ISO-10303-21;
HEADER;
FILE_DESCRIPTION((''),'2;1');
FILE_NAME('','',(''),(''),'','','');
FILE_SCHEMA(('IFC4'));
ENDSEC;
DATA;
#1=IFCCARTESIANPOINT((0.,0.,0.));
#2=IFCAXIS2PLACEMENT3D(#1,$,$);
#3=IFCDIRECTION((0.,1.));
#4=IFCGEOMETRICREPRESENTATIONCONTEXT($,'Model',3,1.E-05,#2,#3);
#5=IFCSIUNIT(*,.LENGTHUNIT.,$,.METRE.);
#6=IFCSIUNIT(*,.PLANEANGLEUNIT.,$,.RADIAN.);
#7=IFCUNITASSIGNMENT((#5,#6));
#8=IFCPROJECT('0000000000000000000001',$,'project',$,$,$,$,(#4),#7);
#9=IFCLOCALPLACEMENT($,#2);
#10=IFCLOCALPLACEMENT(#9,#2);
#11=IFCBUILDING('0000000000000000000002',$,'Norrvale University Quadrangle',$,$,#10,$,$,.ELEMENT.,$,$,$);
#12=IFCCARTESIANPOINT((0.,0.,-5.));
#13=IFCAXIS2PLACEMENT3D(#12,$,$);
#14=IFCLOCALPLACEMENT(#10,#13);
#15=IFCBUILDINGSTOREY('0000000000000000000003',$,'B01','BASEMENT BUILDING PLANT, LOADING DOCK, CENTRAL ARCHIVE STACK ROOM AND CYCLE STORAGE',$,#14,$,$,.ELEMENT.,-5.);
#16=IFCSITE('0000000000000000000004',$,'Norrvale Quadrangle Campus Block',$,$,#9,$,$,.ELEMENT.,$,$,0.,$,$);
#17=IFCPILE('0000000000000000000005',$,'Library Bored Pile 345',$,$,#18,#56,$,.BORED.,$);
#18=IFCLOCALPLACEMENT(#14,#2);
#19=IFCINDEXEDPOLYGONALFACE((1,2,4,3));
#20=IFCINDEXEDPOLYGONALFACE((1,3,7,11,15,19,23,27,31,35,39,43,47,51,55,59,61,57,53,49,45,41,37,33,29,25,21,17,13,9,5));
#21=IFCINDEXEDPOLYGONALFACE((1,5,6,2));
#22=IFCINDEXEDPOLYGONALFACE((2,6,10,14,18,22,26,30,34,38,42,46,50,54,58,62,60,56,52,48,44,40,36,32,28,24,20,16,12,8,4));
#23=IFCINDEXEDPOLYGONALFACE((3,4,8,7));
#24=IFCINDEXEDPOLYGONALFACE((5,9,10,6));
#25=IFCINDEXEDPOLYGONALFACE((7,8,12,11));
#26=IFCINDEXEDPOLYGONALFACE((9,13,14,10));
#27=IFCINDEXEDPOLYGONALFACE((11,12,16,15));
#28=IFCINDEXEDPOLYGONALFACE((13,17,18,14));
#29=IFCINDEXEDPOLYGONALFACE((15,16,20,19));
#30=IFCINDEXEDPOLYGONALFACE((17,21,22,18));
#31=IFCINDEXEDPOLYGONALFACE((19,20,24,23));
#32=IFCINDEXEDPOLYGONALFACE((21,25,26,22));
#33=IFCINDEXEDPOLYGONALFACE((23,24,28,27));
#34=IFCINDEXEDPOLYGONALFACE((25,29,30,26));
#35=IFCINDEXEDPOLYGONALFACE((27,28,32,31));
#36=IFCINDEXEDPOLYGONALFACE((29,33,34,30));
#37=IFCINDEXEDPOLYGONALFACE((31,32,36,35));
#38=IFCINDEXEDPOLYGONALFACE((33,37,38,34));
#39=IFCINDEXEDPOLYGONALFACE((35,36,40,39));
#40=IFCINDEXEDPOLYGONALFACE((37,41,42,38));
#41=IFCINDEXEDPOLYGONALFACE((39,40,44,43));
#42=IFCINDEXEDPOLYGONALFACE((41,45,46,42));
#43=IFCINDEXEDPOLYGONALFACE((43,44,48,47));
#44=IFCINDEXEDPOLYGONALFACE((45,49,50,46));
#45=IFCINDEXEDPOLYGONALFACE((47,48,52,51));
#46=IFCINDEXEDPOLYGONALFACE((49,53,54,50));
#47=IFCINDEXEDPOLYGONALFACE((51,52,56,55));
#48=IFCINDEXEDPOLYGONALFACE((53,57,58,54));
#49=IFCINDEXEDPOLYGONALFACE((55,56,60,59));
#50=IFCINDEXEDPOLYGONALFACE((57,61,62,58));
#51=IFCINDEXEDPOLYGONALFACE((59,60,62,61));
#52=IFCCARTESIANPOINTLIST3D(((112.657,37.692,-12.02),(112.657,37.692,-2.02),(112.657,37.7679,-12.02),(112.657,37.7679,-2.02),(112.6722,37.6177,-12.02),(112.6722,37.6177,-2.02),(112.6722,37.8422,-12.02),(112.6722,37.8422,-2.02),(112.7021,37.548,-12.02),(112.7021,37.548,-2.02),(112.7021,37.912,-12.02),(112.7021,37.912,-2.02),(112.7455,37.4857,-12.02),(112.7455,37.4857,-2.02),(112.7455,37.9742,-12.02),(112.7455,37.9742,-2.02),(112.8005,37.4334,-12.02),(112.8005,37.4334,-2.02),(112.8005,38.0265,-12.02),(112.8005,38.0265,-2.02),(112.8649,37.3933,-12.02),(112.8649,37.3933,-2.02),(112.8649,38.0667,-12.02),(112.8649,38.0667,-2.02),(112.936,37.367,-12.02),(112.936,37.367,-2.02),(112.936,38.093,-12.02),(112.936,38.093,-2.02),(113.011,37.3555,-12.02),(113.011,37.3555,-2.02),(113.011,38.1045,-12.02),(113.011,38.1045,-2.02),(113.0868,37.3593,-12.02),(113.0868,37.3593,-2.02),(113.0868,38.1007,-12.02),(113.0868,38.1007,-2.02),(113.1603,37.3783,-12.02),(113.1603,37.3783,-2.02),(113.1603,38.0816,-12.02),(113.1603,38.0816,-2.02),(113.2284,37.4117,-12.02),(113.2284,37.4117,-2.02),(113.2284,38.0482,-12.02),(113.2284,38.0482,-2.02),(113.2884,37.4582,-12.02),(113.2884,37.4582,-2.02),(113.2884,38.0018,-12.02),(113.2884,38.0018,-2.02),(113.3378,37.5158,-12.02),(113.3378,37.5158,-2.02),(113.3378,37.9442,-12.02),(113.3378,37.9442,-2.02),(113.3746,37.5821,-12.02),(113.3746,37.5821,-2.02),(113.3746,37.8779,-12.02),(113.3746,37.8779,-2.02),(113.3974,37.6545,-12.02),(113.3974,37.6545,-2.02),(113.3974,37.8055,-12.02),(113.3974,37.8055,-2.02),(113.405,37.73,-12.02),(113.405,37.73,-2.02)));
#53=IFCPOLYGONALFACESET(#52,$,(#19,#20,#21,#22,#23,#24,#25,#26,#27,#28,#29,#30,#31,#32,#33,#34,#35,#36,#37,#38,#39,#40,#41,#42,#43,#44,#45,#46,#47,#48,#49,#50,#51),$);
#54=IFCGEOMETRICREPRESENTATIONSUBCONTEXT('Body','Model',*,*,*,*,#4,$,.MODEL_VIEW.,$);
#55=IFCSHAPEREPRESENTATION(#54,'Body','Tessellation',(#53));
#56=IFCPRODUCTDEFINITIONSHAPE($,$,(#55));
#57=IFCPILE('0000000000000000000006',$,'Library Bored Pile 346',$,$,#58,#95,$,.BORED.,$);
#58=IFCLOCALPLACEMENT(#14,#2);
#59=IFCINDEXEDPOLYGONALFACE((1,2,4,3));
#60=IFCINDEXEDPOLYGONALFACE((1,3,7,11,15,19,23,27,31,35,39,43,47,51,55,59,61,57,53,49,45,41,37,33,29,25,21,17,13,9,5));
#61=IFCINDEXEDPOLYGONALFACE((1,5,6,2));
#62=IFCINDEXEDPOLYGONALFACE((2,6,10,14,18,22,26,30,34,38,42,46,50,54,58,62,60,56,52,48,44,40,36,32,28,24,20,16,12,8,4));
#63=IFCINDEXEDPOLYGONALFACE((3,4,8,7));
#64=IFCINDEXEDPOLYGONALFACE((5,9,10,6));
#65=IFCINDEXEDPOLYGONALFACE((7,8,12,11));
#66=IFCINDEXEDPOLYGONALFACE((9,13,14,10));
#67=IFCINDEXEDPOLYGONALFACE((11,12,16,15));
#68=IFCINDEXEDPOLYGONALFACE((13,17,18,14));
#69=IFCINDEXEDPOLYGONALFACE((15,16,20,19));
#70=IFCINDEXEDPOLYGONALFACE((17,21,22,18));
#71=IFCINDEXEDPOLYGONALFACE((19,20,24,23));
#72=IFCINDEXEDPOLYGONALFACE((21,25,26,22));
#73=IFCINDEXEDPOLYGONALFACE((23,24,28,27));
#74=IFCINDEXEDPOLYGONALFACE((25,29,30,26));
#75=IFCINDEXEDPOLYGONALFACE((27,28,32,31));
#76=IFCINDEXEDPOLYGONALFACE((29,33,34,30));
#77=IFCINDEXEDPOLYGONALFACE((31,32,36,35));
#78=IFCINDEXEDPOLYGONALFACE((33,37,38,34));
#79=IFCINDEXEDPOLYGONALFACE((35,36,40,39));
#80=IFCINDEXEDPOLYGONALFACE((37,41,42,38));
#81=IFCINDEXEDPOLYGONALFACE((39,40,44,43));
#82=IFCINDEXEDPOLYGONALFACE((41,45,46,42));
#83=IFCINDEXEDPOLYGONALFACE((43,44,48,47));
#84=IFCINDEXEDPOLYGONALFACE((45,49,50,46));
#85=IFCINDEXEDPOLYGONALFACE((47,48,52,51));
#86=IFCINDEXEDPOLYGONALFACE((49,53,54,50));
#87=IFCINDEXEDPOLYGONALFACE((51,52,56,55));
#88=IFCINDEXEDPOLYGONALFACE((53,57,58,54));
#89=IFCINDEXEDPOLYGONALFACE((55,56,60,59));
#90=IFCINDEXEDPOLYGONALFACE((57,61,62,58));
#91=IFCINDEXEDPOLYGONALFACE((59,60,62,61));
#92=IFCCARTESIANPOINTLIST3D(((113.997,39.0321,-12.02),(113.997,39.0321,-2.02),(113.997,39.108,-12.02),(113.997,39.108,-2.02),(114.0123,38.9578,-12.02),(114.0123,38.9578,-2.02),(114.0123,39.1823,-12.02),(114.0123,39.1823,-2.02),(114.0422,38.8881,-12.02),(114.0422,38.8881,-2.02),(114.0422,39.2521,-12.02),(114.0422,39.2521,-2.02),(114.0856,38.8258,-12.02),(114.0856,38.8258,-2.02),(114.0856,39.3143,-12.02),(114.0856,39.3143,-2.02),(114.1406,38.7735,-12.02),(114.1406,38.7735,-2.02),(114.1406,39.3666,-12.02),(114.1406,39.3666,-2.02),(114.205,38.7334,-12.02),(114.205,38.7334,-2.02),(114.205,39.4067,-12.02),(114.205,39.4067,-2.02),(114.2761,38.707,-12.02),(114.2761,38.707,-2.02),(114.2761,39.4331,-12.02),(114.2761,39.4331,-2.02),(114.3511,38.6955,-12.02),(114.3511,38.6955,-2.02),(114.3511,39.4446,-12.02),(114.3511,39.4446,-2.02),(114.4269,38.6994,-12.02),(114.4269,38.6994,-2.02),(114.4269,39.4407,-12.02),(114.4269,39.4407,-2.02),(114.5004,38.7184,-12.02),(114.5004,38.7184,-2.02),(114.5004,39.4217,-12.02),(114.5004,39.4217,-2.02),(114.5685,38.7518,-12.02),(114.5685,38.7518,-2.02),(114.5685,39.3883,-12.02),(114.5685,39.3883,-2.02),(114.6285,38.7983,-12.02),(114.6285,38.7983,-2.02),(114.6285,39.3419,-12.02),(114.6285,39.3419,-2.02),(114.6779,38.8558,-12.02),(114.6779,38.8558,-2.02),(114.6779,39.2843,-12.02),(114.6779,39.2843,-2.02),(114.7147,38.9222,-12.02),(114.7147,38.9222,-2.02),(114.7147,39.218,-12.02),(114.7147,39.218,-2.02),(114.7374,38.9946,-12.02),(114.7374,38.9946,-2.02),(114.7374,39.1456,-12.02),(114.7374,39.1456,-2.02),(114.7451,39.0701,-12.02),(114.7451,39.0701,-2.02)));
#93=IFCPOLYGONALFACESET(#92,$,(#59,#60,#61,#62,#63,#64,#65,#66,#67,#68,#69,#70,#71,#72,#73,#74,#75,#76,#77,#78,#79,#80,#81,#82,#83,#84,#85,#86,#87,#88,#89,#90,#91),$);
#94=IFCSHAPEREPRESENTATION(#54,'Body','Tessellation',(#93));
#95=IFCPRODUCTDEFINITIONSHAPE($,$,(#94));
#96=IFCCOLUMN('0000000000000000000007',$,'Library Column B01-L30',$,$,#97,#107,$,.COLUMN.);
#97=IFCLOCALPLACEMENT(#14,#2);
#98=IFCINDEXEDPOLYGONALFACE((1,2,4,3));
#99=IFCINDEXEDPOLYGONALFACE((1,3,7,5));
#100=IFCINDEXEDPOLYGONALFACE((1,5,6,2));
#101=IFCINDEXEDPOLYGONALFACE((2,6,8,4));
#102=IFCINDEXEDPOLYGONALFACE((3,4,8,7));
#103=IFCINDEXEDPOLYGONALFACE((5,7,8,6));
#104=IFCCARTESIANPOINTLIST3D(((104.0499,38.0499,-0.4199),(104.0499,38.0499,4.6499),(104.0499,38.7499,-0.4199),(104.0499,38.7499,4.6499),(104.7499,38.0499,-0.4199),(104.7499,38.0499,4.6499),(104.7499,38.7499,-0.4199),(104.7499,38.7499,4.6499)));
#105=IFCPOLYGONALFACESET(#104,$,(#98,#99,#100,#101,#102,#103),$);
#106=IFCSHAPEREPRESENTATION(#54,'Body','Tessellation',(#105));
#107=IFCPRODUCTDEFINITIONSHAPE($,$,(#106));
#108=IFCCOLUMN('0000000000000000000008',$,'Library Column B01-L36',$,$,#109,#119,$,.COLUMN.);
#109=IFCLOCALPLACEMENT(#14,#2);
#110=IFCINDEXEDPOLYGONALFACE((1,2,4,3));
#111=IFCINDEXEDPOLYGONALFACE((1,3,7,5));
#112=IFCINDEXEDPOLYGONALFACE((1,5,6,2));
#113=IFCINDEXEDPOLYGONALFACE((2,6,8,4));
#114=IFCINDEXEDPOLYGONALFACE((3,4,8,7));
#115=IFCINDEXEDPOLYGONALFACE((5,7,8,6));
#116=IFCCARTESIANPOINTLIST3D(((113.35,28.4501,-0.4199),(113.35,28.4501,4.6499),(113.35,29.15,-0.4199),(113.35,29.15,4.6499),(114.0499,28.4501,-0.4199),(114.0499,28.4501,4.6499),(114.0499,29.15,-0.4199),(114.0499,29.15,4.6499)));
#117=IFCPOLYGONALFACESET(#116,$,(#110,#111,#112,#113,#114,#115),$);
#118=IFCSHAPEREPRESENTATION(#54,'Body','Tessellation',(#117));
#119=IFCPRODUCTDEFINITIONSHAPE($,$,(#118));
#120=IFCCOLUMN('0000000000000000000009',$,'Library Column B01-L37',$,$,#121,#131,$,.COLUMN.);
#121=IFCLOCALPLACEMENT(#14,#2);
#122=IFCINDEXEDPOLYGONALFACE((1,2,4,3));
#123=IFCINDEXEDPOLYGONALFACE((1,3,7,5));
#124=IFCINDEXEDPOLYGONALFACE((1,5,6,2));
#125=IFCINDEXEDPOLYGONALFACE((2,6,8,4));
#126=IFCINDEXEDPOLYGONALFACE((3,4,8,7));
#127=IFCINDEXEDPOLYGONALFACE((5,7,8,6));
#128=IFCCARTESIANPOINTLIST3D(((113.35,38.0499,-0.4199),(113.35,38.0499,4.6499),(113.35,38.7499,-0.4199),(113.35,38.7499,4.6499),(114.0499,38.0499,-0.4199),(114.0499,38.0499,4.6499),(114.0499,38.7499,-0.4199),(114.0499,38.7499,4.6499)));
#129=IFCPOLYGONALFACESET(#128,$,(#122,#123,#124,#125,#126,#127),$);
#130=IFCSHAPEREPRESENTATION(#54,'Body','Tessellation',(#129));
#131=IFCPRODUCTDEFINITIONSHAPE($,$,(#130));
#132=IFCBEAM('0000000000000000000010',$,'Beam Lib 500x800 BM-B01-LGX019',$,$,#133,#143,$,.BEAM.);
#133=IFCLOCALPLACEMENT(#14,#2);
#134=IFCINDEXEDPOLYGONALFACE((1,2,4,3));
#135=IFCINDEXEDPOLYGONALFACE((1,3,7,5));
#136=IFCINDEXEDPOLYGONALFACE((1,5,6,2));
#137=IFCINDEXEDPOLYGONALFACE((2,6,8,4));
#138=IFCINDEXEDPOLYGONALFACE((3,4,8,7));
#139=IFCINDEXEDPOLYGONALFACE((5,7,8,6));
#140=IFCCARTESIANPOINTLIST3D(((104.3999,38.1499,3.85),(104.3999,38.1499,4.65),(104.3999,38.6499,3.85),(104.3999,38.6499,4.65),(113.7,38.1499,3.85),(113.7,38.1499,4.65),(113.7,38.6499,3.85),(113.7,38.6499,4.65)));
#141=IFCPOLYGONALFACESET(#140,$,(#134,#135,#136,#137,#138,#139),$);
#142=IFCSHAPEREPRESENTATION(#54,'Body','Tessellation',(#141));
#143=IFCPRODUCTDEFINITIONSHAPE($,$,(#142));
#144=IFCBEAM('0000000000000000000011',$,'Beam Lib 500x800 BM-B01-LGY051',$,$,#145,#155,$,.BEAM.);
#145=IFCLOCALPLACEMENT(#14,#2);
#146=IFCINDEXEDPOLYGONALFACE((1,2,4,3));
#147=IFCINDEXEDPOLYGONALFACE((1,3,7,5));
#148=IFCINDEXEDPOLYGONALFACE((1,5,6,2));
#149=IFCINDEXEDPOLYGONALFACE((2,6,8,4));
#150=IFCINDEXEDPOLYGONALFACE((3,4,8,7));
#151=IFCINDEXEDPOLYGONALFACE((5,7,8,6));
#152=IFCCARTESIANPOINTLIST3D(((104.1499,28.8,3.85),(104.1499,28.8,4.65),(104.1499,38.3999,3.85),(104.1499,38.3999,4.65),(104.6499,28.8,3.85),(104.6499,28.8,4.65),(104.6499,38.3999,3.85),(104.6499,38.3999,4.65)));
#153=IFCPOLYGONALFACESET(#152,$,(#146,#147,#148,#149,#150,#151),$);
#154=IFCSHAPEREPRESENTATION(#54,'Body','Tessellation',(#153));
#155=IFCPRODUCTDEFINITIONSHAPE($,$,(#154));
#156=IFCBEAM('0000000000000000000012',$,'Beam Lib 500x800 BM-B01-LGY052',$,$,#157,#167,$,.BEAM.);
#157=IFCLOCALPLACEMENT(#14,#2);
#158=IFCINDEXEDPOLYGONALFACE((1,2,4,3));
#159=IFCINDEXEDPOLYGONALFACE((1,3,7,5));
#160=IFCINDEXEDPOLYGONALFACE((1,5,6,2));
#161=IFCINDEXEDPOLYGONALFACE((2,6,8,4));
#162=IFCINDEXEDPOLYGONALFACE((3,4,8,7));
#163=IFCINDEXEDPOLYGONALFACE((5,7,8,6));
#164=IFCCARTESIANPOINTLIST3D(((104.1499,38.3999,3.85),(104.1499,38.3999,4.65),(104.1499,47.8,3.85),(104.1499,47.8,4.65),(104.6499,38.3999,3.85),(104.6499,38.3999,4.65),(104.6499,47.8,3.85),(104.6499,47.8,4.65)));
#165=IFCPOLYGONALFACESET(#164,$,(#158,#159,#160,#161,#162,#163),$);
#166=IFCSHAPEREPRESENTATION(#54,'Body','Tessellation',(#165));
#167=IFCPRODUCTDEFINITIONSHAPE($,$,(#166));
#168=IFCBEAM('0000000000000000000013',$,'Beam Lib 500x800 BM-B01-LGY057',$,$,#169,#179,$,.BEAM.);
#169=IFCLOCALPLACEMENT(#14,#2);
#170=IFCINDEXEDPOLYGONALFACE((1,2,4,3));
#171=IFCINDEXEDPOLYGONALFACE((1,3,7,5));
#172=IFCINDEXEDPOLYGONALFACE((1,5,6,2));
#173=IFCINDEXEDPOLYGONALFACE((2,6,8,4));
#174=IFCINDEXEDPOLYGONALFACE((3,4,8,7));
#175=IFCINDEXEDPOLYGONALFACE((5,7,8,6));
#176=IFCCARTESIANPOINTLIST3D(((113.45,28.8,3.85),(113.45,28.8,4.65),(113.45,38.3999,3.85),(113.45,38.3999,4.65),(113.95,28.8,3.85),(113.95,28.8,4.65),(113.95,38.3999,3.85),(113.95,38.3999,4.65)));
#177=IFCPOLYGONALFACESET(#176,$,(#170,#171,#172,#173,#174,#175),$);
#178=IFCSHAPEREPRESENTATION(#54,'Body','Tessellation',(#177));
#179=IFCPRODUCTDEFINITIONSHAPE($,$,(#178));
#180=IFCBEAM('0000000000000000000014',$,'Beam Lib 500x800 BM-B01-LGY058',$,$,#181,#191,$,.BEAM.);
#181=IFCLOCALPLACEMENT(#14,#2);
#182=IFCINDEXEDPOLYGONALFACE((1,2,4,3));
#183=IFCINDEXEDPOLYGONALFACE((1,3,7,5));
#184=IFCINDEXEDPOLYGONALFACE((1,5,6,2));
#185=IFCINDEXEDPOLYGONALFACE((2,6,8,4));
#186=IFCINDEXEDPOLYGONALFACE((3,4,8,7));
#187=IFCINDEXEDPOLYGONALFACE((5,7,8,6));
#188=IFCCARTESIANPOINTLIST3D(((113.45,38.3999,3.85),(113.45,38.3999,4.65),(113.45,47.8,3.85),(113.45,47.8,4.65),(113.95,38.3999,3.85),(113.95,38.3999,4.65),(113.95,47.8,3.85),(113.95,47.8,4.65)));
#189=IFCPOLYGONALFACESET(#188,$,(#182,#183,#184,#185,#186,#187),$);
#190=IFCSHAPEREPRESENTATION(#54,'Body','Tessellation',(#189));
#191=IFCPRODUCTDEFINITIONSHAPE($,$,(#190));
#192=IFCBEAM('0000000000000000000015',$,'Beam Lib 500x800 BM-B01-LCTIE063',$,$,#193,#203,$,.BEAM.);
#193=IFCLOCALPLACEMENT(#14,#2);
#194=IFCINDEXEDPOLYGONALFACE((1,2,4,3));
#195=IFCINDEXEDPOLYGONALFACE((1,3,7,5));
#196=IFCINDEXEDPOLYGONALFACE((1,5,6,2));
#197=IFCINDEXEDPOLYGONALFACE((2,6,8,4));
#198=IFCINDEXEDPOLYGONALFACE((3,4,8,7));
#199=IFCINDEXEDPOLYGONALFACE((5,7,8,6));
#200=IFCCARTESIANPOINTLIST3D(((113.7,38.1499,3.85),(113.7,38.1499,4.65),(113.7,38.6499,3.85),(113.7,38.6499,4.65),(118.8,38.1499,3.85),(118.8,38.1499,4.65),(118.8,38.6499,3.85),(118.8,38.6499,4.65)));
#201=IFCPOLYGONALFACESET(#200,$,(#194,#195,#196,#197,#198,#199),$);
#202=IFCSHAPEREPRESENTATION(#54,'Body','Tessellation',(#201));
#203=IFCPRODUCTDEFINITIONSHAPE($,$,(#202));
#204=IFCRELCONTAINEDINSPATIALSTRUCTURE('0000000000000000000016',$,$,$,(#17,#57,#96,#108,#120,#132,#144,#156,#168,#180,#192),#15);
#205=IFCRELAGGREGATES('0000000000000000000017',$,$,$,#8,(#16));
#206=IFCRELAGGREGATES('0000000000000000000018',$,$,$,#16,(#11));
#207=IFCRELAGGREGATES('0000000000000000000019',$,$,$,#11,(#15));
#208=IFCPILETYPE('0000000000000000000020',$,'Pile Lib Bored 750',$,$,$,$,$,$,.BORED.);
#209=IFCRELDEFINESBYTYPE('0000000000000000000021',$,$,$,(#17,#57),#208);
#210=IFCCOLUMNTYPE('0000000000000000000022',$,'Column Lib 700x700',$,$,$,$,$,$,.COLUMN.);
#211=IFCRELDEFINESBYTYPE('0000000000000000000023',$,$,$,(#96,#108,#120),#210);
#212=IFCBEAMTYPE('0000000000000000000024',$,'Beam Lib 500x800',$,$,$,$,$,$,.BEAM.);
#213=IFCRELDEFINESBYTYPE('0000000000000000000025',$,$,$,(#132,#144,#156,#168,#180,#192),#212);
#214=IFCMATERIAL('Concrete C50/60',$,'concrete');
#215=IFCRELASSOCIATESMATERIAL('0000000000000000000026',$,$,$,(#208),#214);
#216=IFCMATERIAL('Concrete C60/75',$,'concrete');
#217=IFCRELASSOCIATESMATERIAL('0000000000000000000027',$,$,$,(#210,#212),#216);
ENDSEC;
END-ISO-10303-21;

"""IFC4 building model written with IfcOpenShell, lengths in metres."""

from ifc_helpers import new_model, si_unit, direction, frame, origin, origin_2d, place, context, subcontext, project, spatial, rectangle, circle, extrude, material, material_profile, profile_set, type_object, element, save


model = new_model("IFC4")

# Units and contexts
model_context = context("Model", 3, precision=1e-05, world=origin(), true_north=direction((0.0, 1.0)))
body_context = subcontext(model_context, "Body", "Model", "MODEL_VIEW")
ifc_project = project(units=[si_unit("LENGTHUNIT", "METRE"), si_unit("PLANEANGLEUNIT", "RADIAN")], contexts=[model_context])

# Site, building, storey
site_placement = place(None, origin())
site = spatial("IfcSite", under=ifc_project, at=site_placement, Name="Norrvale Quadrangle Campus Block", CompositionType="ELEMENT", RefElevation=0.0)
building_placement = place(site_placement, origin())
building = spatial("IfcBuilding", under=site, at=building_placement, Name="Norrvale University Quadrangle", CompositionType="ELEMENT")
storey_placement = place(building_placement, frame((0.0, 0.0, -5.0)))
storey = spatial("IfcBuildingStorey", under=building, at=storey_placement, Name="B01", Description="BASEMENT BUILDING PLANT, LOADING DOCK, CENTRAL ARCHIVE STACK ROOM AND CYCLE STORAGE", CompositionType="ELEMENT", Elevation=-5.0)

# Shared definitions
ifc_material_1 = material(Name="Concrete C50/60", Category="concrete")

# Piles
ifc_material_profile_1 = material_profile(ifc_material_1, circle(Radius=0.375, at=origin_2d()), Name="Concrete C50/60")
ifc_profile_set_1 = profile_set([ifc_material_profile_1], Name="Concrete C50/60")
pile_type_1 = type_object("IfcPileType", Name="Pile Lib Bored 750", PredefinedType="BORED", material=ifc_profile_set_1)
for number, where, z_axis, x_axis, name in (
    (1, (113.03, 37.73, -2.02), (0.0, 0.0, -1.0), (1.0, 0.0, 0.0), "Library Bored Pile 345"),
    (2, (114.3701, 39.0701, -2.02), (0.0, 0.0, -1.0), (1.0, 0.0, 0.0), "Library Bored Pile 346"),
):
    element("IfcPile", number, at=place(storey_placement, frame(where, z_axis=z_axis, x_axis=x_axis)), inside=storey, type_object=pile_type_1, Name=name, PredefinedType="BORED", context=body_context, shape_type="SweptSolid", body=[
        extrude(circle(Radius=0.375, at=origin_2d()), origin(), (0.0, 0.0, 1.0), 10.0),
    ])

# Columns
ifc_material_2 = material(Name="Concrete C60/75", Category="concrete")
ifc_material_profile_2 = material_profile(ifc_material_2, rectangle(XDim=0.7, YDim=0.7, at=origin_2d()), Name="Concrete C60/75")
ifc_profile_set_2 = profile_set([ifc_material_profile_2], Name="Concrete C60/75")
column_type = type_object("IfcColumnType", Name="Column Lib 700x700", PredefinedType="COLUMN", material=ifc_profile_set_2)
for number, where, z_axis, x_axis, name in (
    (3, (104.3999, 38.3999, -0.4199), (0.0, 0.0, 1.0), (1.0, 0.0, 0.0), "Library Column B01-L30"),
    (4, (113.7, 28.8, -0.4199), (0.0, 0.0, 1.0), (1.0, 0.0, 0.0), "Library Column B01-L36"),
    (5, (113.7, 38.3999, -0.4199), (0.0, 0.0, 1.0), (1.0, 0.0, 0.0), "Library Column B01-L37"),
):
    element("IfcColumn", number, at=place(storey_placement, frame(where, z_axis=z_axis, x_axis=x_axis)), inside=storey, type_object=column_type, Name=name, PredefinedType="COLUMN", context=body_context, shape_type="SweptSolid", body=[
        extrude(rectangle(XDim=0.7, YDim=0.7, at=origin_2d()), origin(), (0.0, 0.0, 1.0), 5.0698),
    ])

# Beams
ifc_material_profile_3 = material_profile(ifc_material_2, rectangle(XDim=0.5, YDim=0.8, at=origin_2d()), Name="Concrete C60/75")
ifc_profile_set_3 = profile_set([ifc_material_profile_3], Name="Concrete C60/75")
beam_type = type_object("IfcBeamType", Name="Beam Lib 500x800", PredefinedType="BEAM", material=ifc_profile_set_3)
beam_1_placement = place(storey_placement, frame((104.3999, 38.3999, 4.25), z_axis=(1.0, 0.0, 0.0), x_axis=(0.0, 1.0, 0.0)))
element("IfcBeam", 6, at=beam_1_placement, inside=storey, type_object=beam_type, Name="Beam Lib 500x800 BM-B01-LGX019", PredefinedType="BEAM", context=body_context, shape_type="SweptSolid", body=[
    extrude(rectangle(XDim=0.5, YDim=0.8, at=origin_2d()), origin(), (0.0, 0.0, 1.0), 9.3),
])
beam_2_placement = place(storey_placement, frame((104.3999, 28.8, 4.25), z_axis=(0.0, 1.0, 0.0), x_axis=(-1.0, 0.0, 0.0)))
element("IfcBeam", 7, at=beam_2_placement, inside=storey, type_object=beam_type, Name="Beam Lib 500x800 BM-B01-LGY051", PredefinedType="BEAM", context=body_context, shape_type="SweptSolid", body=[
    extrude(rectangle(XDim=0.5, YDim=0.8, at=origin_2d()), origin(), (0.0, 0.0, 1.0), 9.5999),
])
beam_3_placement = place(storey_placement, frame((104.3999, 38.3999, 4.25), z_axis=(0.0, 1.0, 0.0), x_axis=(-1.0, 0.0, 0.0)))
element("IfcBeam", 8, at=beam_3_placement, inside=storey, type_object=beam_type, Name="Beam Lib 500x800 BM-B01-LGY052", PredefinedType="BEAM", context=body_context, shape_type="SweptSolid", body=[
    extrude(rectangle(XDim=0.5, YDim=0.8, at=origin_2d()), origin(), (0.0, 0.0, 1.0), 9.4001),
])
beam_4_placement = place(storey_placement, frame((113.7, 28.8, 4.25), z_axis=(0.0, 1.0, 0.0), x_axis=(-1.0, 0.0, 0.0)))
element("IfcBeam", 9, at=beam_4_placement, inside=storey, type_object=beam_type, Name="Beam Lib 500x800 BM-B01-LGY057", PredefinedType="BEAM", context=body_context, shape_type="SweptSolid", body=[
    extrude(rectangle(XDim=0.5, YDim=0.8, at=origin_2d()), origin(), (0.0, 0.0, 1.0), 9.5999),
])
beam_5_placement = place(storey_placement, frame((113.7, 38.3999, 4.25), z_axis=(0.0, 1.0, 0.0), x_axis=(-1.0, 0.0, 0.0)))
element("IfcBeam", 10, at=beam_5_placement, inside=storey, type_object=beam_type, Name="Beam Lib 500x800 BM-B01-LGY058", PredefinedType="BEAM", context=body_context, shape_type="SweptSolid", body=[
    extrude(rectangle(XDim=0.5, YDim=0.8, at=origin_2d()), origin(), (0.0, 0.0, 1.0), 9.4001),
])
beam_6_placement = place(storey_placement, frame((113.7, 38.3999, 4.25), z_axis=(1.0, 0.0, 0.0), x_axis=(0.0, 1.0, 0.0)))
element("IfcBeam", 11, at=beam_6_placement, inside=storey, type_object=beam_type, Name="Beam Lib 500x800 BM-B01-LCTIE063", PredefinedType="BEAM", context=body_context, shape_type="SweptSolid", body=[
    extrude(rectangle(XDim=0.5, YDim=0.8, at=origin_2d()), origin(), (0.0, 0.0, 1.0), 5.1001),
])

save(model, "model.ifc")
